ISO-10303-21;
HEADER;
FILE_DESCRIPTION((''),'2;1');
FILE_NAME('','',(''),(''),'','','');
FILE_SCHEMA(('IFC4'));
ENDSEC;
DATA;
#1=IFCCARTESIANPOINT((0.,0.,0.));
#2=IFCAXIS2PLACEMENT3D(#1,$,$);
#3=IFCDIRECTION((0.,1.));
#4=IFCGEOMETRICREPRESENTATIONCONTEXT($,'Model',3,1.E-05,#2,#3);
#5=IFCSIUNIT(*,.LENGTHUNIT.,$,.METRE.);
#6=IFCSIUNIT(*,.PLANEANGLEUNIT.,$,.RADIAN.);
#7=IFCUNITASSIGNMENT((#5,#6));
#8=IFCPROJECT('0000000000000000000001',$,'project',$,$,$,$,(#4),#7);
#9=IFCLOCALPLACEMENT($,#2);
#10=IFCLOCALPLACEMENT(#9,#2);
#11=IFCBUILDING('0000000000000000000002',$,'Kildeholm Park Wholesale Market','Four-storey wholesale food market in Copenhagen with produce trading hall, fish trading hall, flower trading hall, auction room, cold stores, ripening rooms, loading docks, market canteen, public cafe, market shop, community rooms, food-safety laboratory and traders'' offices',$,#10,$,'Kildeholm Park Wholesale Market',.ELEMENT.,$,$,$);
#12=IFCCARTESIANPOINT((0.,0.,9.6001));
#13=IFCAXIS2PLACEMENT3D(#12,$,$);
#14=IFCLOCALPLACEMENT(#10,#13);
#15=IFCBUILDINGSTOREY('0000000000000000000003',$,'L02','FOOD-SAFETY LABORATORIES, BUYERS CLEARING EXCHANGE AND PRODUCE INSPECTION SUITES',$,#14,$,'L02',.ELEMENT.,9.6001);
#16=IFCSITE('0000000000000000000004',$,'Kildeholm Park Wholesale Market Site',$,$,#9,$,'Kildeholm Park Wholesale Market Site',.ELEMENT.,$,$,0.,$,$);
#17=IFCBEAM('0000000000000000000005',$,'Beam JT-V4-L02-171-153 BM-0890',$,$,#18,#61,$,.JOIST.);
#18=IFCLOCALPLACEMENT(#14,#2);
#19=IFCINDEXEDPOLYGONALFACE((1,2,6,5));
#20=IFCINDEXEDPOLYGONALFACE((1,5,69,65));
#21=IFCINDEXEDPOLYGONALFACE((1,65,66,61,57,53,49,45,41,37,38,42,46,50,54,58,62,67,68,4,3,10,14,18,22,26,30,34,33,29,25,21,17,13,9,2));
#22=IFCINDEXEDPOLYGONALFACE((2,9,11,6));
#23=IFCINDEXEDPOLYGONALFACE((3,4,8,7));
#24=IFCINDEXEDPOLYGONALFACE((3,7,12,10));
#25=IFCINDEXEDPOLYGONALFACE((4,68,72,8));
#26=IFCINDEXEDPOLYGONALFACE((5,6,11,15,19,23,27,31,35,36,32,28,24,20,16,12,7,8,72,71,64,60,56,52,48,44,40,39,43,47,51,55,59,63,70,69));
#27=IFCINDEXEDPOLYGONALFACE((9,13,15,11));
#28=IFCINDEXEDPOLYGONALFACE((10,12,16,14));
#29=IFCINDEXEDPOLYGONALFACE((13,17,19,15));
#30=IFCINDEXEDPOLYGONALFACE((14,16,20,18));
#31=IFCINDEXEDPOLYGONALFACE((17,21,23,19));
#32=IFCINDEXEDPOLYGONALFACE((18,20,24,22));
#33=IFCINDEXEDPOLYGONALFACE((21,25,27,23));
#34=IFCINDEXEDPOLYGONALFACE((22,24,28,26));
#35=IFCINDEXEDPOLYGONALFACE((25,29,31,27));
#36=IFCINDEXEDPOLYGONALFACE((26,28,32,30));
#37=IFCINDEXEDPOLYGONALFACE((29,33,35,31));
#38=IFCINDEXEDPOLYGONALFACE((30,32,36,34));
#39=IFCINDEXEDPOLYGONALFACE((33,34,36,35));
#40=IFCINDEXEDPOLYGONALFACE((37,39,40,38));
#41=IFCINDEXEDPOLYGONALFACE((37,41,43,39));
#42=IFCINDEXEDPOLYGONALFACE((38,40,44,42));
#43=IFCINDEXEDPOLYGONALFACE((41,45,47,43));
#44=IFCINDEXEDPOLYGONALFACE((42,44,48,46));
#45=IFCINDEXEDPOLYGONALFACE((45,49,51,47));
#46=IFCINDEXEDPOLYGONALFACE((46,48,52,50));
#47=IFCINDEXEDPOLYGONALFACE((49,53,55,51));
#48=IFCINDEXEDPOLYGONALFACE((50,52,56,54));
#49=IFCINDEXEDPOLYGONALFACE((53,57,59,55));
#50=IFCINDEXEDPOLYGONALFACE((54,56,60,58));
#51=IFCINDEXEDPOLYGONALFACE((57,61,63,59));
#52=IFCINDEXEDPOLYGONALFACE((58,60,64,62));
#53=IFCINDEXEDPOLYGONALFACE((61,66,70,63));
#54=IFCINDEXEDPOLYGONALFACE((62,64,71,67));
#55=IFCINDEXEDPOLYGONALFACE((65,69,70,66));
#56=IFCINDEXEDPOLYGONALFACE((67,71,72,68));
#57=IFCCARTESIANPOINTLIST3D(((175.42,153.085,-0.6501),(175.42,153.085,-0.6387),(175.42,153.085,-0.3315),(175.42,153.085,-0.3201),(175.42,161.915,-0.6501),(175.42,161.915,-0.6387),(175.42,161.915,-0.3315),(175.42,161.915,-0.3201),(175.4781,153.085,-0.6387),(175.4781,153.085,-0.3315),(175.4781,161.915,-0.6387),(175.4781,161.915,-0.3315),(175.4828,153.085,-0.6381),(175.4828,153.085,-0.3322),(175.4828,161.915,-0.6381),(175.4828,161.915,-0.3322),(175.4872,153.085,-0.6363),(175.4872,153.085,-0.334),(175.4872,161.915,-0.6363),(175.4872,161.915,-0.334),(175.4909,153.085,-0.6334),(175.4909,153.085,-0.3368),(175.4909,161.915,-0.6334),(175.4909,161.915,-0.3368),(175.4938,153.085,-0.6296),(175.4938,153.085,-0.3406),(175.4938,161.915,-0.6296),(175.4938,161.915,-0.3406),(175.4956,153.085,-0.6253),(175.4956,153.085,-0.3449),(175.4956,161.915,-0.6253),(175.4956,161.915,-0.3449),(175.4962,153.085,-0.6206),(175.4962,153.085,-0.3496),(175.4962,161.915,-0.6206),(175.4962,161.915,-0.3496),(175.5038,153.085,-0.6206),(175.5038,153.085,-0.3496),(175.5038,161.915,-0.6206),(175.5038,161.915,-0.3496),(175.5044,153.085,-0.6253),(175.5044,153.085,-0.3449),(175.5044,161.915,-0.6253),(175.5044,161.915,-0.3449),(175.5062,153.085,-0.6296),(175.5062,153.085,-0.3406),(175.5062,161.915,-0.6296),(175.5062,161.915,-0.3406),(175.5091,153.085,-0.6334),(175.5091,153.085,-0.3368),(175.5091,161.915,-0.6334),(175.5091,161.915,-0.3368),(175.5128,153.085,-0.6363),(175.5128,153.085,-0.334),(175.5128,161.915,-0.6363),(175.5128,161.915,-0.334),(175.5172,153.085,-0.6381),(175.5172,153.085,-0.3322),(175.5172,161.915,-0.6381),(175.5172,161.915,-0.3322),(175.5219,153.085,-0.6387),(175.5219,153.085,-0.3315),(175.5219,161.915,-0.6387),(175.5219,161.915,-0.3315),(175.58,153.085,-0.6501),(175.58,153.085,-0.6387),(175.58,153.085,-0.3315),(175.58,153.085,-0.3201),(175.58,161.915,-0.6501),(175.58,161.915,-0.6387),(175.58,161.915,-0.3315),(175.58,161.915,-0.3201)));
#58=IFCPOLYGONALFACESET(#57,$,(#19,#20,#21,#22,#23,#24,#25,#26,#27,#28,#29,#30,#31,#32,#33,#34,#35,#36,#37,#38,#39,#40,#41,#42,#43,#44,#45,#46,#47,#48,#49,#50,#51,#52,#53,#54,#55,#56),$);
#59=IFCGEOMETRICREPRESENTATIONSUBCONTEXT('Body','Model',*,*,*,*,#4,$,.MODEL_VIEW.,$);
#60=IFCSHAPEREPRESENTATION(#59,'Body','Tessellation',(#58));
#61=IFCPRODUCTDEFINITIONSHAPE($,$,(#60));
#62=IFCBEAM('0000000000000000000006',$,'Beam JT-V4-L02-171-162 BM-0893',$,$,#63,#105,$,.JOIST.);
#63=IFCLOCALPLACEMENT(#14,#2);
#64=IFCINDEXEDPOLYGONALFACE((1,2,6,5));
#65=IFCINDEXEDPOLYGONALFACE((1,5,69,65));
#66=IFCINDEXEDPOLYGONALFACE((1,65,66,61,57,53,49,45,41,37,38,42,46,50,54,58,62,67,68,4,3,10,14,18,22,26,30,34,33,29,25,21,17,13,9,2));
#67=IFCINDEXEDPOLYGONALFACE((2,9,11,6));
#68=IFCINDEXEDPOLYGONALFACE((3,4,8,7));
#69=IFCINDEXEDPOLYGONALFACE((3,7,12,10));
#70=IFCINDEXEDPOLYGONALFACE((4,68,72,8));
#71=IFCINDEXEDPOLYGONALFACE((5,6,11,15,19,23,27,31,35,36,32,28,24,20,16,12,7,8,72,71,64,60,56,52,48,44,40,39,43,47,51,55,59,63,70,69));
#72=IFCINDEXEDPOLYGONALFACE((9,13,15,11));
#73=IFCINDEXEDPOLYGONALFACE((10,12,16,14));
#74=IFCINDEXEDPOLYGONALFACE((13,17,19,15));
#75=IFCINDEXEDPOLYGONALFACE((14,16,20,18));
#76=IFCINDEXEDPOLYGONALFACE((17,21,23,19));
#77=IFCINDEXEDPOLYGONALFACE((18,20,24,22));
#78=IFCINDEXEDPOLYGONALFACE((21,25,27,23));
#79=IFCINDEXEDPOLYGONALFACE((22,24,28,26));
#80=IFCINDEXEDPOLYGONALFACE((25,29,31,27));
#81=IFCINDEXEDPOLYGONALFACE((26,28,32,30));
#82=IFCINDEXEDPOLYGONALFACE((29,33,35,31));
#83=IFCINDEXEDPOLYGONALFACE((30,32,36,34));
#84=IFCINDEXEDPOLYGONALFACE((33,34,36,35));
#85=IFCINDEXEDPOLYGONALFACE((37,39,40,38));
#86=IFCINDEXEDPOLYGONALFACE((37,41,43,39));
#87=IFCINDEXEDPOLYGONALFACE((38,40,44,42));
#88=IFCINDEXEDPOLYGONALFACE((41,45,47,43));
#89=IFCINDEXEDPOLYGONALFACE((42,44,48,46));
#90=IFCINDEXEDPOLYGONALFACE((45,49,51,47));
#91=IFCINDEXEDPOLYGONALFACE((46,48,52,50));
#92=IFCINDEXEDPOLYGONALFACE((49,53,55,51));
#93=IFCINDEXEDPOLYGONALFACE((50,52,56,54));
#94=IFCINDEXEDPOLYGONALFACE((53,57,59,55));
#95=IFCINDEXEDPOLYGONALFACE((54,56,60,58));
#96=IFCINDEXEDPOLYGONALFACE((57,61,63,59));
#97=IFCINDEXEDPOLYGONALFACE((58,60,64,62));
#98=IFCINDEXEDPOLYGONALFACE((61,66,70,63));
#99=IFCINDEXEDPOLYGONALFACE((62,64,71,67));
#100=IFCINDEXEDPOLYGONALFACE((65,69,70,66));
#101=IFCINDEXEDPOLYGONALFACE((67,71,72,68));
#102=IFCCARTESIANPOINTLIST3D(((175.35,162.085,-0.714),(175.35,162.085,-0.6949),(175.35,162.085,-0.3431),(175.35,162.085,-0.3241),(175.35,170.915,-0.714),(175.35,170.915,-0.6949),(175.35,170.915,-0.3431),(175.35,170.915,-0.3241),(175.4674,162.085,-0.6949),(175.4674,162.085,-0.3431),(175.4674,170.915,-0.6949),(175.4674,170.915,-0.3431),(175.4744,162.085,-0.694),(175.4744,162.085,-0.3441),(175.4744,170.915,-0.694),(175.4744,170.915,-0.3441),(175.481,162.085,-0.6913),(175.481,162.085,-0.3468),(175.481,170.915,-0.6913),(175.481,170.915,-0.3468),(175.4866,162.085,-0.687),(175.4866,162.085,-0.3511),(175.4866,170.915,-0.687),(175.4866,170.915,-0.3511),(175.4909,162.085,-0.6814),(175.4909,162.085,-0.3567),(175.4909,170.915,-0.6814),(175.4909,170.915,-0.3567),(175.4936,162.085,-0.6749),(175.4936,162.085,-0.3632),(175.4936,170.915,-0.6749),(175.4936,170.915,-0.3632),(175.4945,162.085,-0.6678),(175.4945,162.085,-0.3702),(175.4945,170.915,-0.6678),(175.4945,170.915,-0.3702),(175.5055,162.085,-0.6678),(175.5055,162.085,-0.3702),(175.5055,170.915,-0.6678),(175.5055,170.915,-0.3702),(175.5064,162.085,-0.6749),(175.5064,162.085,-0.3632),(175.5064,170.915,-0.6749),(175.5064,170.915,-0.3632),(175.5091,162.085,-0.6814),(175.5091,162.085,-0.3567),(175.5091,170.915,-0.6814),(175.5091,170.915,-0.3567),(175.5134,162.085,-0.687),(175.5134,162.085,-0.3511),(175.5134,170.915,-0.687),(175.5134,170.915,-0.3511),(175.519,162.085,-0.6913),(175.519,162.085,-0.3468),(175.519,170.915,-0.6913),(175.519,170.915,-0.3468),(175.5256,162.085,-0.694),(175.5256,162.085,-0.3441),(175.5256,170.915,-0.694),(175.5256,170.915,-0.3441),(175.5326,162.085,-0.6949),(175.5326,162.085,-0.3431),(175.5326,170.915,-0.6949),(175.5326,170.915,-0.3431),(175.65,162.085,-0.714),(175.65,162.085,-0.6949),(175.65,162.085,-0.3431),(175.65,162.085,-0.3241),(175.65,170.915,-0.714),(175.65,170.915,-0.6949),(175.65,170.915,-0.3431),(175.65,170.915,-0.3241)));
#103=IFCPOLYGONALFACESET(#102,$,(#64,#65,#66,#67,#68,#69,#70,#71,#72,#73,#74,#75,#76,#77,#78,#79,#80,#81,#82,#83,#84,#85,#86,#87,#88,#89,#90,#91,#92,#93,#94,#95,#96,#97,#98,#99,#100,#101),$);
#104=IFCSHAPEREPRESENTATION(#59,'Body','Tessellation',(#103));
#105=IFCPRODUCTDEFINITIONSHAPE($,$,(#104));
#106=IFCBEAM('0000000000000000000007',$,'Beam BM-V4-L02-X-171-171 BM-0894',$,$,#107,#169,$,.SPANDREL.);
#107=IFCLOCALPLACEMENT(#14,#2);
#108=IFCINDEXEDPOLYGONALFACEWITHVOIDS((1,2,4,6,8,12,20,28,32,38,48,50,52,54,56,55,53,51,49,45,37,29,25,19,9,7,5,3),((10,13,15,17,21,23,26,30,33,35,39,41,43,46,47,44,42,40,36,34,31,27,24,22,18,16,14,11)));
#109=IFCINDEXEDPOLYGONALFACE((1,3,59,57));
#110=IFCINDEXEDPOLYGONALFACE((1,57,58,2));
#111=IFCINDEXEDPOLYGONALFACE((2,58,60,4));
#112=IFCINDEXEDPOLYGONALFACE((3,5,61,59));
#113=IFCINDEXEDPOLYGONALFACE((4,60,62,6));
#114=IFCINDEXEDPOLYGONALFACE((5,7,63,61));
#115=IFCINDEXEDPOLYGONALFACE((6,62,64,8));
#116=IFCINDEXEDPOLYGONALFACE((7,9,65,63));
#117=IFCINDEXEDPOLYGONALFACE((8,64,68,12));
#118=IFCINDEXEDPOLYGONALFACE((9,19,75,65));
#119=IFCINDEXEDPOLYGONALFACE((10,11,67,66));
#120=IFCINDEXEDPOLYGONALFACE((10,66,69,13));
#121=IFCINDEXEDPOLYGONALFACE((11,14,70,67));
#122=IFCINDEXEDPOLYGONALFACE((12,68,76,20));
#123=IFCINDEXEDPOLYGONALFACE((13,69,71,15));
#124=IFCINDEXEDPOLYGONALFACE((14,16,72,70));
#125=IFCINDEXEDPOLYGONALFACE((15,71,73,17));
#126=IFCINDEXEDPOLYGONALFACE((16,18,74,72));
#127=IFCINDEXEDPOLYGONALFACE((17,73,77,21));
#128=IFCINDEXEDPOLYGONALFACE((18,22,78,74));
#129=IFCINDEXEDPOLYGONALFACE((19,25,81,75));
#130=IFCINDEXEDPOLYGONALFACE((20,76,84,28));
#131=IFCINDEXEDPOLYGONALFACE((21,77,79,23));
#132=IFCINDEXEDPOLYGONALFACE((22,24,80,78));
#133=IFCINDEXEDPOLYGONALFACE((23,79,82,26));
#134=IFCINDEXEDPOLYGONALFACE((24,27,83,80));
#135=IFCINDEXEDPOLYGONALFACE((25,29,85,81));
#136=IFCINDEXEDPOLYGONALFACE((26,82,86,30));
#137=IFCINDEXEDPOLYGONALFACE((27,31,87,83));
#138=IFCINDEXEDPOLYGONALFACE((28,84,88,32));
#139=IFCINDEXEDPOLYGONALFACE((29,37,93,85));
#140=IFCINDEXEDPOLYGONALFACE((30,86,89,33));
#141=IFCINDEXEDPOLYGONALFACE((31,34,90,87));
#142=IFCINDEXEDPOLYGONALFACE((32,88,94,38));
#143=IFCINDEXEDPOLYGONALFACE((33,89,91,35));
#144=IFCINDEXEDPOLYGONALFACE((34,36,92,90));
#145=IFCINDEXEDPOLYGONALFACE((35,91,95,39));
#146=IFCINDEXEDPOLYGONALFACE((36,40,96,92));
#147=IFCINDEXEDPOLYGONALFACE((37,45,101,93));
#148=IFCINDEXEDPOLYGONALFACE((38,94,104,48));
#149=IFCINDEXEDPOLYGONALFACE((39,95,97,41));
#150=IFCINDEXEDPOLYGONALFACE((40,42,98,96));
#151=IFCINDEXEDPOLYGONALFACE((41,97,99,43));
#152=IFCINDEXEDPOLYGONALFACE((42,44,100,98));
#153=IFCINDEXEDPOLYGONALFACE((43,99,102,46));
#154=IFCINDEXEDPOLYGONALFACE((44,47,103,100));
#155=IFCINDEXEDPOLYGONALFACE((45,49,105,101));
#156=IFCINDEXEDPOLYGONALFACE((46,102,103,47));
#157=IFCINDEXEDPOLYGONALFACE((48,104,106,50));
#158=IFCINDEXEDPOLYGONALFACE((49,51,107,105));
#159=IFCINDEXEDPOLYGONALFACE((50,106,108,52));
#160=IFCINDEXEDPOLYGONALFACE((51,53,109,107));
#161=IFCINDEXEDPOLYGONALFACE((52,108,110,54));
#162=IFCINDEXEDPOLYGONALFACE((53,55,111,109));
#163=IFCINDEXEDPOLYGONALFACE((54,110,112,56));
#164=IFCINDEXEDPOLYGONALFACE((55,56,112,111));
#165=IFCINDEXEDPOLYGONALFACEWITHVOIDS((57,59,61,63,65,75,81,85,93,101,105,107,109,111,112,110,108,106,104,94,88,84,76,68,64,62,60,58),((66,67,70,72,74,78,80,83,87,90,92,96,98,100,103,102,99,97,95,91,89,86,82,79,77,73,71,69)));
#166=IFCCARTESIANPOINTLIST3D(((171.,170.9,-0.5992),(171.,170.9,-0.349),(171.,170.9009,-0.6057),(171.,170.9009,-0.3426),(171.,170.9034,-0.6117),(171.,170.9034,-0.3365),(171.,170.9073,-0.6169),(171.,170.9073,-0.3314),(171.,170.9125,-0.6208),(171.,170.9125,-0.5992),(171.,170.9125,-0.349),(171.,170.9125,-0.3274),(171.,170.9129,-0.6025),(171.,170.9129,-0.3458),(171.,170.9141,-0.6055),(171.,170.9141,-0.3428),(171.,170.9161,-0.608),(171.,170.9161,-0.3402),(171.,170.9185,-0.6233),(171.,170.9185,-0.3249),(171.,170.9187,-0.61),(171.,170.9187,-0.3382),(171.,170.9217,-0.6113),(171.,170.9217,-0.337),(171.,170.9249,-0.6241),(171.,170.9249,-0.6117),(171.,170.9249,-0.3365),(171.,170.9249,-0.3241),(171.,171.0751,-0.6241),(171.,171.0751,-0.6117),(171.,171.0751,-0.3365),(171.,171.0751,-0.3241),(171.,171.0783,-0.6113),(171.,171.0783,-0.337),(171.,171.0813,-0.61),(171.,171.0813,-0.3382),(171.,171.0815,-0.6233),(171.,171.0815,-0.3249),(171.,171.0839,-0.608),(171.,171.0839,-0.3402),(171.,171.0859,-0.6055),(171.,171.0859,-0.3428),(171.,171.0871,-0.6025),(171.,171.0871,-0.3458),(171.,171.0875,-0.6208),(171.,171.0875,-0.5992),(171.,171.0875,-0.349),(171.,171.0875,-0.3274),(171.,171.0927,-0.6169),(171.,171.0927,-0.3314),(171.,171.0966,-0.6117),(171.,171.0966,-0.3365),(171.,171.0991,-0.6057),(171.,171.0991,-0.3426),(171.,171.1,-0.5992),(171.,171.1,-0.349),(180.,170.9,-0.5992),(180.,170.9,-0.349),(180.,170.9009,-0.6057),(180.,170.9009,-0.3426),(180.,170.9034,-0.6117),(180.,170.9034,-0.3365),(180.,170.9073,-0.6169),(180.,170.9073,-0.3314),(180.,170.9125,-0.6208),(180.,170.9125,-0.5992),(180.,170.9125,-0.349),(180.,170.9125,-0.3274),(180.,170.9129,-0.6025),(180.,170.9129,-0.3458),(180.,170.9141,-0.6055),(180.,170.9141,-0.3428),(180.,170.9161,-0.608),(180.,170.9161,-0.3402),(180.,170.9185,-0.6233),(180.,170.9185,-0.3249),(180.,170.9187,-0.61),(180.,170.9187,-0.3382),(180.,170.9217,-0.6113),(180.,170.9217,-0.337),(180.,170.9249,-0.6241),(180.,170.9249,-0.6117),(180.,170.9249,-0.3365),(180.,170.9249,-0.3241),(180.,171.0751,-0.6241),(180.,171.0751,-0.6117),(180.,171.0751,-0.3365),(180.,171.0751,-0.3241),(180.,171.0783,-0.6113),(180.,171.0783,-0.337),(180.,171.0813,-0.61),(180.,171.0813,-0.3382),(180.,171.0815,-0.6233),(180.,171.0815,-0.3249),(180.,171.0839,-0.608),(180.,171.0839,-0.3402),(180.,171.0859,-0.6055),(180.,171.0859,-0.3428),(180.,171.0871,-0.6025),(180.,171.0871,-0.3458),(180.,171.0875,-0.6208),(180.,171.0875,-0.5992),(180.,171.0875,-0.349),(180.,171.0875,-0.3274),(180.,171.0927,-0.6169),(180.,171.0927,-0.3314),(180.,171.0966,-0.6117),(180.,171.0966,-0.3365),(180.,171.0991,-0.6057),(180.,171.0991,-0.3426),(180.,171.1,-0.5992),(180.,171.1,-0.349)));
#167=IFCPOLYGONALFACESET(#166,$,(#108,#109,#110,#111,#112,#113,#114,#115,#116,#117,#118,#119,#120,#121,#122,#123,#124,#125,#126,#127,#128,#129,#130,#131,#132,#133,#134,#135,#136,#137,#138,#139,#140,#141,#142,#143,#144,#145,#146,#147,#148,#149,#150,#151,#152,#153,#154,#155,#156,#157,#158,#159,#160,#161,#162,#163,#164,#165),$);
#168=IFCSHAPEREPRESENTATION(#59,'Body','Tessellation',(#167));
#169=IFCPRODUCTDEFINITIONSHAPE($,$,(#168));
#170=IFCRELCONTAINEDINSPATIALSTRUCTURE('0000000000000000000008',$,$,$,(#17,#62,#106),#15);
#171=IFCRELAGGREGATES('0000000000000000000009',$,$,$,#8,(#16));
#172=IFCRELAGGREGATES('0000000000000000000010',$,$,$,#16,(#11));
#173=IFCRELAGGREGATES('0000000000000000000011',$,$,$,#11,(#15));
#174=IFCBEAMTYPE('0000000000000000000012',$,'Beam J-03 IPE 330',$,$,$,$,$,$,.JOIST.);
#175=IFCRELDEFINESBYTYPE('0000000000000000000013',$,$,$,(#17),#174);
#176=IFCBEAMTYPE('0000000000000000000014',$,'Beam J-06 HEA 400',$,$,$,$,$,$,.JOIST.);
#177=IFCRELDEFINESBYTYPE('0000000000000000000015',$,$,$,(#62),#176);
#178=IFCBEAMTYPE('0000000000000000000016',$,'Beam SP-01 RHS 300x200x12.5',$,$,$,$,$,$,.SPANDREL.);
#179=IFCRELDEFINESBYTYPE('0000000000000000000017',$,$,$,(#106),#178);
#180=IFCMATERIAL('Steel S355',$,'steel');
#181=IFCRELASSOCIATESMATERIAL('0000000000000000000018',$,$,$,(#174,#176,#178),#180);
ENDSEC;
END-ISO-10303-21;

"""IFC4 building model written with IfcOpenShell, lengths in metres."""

from ifc_helpers import new_model, si_unit, direction, frame, origin, origin_2d, place, context, subcontext, project, spatial, hollow_rectangle, i_section, extrude, material, material_profile, profile_set, type_object, element, save


model = new_model("IFC4")

# Units and contexts
model_context = context("Model", 3, precision=1e-05, world=origin(), true_north=direction((0.0, 1.0)))
body_context = subcontext(model_context, "Body", "Model", "MODEL_VIEW")
ifc_project = project(units=[si_unit("LENGTHUNIT", "METRE"), si_unit("PLANEANGLEUNIT", "RADIAN")], contexts=[model_context])

# Site, building, storey
site_placement = place(None, origin())
site = spatial("IfcSite", under=ifc_project, at=site_placement, Name="Kildeholm Park Wholesale Market Site", LongName="Kildeholm Park Wholesale Market Site", CompositionType="ELEMENT", RefElevation=0.0)
building_placement = place(site_placement, origin())
building = spatial("IfcBuilding", under=site, at=building_placement, Name="Kildeholm Park Wholesale Market", Description="Four-storey wholesale food market in Copenhagen with produce trading hall, fish trading hall, flower trading hall, auction room, cold stores, ripening rooms, loading docks, market canteen, public cafe, market shop, community rooms, food-safety laboratory and traders' offices", LongName="Kildeholm Park Wholesale Market", CompositionType="ELEMENT")
storey_placement = place(building_placement, frame((0.0, 0.0, 9.6001)))
storey = spatial("IfcBuildingStorey", under=building, at=storey_placement, Name="L02", Description="FOOD-SAFETY LABORATORIES, BUYERS CLEARING EXCHANGE AND PRODUCE INSPECTION SUITES", LongName="L02", CompositionType="ELEMENT", Elevation=9.6001)

# Beams
ifc_material_1 = material(Name="Steel S355", Category="steel")
ifc_material_profile_1 = material_profile(ifc_material_1, i_section(OverallWidth=0.1599, OverallDepth=0.3301, WebThickness=0.0076, FlangeThickness=0.0115, FilletRadius=0.0181, at=origin_2d()), Name="IPE 330")
ifc_profile_set_1 = profile_set([ifc_material_profile_1], Name="Steel S355")
beam_type_1 = type_object("IfcBeamType", Name="Beam J-03 IPE 330", PredefinedType="JOIST", material=ifc_profile_set_1)
for number, where, z_axis, x_axis, name in (
    (1, (175.5, 153.085, -0.4851), (0.0, 1.0, 0.0), (-1.0, 0.0, 0.0), "Beam JT-V4-L02-171-153 BM-0890"),
):
    element("IfcBeam", number, at=place(storey_placement, frame(where, z_axis=z_axis, x_axis=x_axis)), inside=storey, type_object=beam_type_1, Name=name, PredefinedType="JOIST", context=body_context, shape_type="SweptSolid", body=[
        extrude(i_section(OverallWidth=0.1599, OverallDepth=0.3301, WebThickness=0.0076, FlangeThickness=0.0115, FilletRadius=0.0181, at=origin_2d()), origin(), (0.0, 0.0, 1.0), 8.8301),
    ])
ifc_material_profile_2 = material_profile(ifc_material_1, i_section(OverallWidth=0.3, OverallDepth=0.3899, WebThickness=0.011, FlangeThickness=0.019, FilletRadius=0.0271, at=origin_2d()), Name="HEA 400")
ifc_profile_set_2 = profile_set([ifc_material_profile_2], Name="Steel S355")
beam_type_2 = type_object("IfcBeamType", Name="Beam J-06 HEA 400", PredefinedType="JOIST", material=ifc_profile_set_2)
beam_1_placement = place(storey_placement, frame((175.5, 162.085, -0.519), z_axis=(0.0, 1.0, 0.0), x_axis=(-1.0, 0.0, 0.0)))
element("IfcBeam", 2, at=beam_1_placement, inside=storey, type_object=beam_type_2, Name="Beam JT-V4-L02-171-162 BM-0893", PredefinedType="JOIST", context=body_context, shape_type="SweptSolid", body=[
    extrude(i_section(OverallWidth=0.3, OverallDepth=0.3899, WebThickness=0.011, FlangeThickness=0.019, FilletRadius=0.0271, at=origin_2d()), origin(), (0.0, 0.0, 1.0), 8.8301),
])
ifc_material_profile_3 = material_profile(ifc_material_1, hollow_rectangle(XDim=0.2, YDim=0.3, WallThickness=0.0125, InnerFilletRadius=0.0125, OuterFilletRadius=0.0249, at=origin_2d()), Name="RHS 300x200x12.5")
ifc_profile_set_3 = profile_set([ifc_material_profile_3], Name="Steel S355")
beam_type_3 = type_object("IfcBeamType", Name="Beam SP-01 RHS 300x200x12.5", PredefinedType="SPANDREL", material=ifc_profile_set_3)
beam_2_placement = place(storey_placement, frame((171.0, 171.0, -0.4741), z_axis=(1.0, 0.0, 0.0), x_axis=(0.0, 1.0, 0.0)))
element("IfcBeam", 3, at=beam_2_placement, inside=storey, type_object=beam_type_3, Name="Beam BM-V4-L02-X-171-171 BM-0894", PredefinedType="SPANDREL", context=body_context, shape_type="SweptSolid", body=[
    extrude(hollow_rectangle(XDim=0.2, YDim=0.3, WallThickness=0.0125, InnerFilletRadius=0.0125, OuterFilletRadius=0.0249, at=origin_2d()), origin(), (0.0, 0.0, 1.0), 9.0),
])

save(model, "model.ifc")
